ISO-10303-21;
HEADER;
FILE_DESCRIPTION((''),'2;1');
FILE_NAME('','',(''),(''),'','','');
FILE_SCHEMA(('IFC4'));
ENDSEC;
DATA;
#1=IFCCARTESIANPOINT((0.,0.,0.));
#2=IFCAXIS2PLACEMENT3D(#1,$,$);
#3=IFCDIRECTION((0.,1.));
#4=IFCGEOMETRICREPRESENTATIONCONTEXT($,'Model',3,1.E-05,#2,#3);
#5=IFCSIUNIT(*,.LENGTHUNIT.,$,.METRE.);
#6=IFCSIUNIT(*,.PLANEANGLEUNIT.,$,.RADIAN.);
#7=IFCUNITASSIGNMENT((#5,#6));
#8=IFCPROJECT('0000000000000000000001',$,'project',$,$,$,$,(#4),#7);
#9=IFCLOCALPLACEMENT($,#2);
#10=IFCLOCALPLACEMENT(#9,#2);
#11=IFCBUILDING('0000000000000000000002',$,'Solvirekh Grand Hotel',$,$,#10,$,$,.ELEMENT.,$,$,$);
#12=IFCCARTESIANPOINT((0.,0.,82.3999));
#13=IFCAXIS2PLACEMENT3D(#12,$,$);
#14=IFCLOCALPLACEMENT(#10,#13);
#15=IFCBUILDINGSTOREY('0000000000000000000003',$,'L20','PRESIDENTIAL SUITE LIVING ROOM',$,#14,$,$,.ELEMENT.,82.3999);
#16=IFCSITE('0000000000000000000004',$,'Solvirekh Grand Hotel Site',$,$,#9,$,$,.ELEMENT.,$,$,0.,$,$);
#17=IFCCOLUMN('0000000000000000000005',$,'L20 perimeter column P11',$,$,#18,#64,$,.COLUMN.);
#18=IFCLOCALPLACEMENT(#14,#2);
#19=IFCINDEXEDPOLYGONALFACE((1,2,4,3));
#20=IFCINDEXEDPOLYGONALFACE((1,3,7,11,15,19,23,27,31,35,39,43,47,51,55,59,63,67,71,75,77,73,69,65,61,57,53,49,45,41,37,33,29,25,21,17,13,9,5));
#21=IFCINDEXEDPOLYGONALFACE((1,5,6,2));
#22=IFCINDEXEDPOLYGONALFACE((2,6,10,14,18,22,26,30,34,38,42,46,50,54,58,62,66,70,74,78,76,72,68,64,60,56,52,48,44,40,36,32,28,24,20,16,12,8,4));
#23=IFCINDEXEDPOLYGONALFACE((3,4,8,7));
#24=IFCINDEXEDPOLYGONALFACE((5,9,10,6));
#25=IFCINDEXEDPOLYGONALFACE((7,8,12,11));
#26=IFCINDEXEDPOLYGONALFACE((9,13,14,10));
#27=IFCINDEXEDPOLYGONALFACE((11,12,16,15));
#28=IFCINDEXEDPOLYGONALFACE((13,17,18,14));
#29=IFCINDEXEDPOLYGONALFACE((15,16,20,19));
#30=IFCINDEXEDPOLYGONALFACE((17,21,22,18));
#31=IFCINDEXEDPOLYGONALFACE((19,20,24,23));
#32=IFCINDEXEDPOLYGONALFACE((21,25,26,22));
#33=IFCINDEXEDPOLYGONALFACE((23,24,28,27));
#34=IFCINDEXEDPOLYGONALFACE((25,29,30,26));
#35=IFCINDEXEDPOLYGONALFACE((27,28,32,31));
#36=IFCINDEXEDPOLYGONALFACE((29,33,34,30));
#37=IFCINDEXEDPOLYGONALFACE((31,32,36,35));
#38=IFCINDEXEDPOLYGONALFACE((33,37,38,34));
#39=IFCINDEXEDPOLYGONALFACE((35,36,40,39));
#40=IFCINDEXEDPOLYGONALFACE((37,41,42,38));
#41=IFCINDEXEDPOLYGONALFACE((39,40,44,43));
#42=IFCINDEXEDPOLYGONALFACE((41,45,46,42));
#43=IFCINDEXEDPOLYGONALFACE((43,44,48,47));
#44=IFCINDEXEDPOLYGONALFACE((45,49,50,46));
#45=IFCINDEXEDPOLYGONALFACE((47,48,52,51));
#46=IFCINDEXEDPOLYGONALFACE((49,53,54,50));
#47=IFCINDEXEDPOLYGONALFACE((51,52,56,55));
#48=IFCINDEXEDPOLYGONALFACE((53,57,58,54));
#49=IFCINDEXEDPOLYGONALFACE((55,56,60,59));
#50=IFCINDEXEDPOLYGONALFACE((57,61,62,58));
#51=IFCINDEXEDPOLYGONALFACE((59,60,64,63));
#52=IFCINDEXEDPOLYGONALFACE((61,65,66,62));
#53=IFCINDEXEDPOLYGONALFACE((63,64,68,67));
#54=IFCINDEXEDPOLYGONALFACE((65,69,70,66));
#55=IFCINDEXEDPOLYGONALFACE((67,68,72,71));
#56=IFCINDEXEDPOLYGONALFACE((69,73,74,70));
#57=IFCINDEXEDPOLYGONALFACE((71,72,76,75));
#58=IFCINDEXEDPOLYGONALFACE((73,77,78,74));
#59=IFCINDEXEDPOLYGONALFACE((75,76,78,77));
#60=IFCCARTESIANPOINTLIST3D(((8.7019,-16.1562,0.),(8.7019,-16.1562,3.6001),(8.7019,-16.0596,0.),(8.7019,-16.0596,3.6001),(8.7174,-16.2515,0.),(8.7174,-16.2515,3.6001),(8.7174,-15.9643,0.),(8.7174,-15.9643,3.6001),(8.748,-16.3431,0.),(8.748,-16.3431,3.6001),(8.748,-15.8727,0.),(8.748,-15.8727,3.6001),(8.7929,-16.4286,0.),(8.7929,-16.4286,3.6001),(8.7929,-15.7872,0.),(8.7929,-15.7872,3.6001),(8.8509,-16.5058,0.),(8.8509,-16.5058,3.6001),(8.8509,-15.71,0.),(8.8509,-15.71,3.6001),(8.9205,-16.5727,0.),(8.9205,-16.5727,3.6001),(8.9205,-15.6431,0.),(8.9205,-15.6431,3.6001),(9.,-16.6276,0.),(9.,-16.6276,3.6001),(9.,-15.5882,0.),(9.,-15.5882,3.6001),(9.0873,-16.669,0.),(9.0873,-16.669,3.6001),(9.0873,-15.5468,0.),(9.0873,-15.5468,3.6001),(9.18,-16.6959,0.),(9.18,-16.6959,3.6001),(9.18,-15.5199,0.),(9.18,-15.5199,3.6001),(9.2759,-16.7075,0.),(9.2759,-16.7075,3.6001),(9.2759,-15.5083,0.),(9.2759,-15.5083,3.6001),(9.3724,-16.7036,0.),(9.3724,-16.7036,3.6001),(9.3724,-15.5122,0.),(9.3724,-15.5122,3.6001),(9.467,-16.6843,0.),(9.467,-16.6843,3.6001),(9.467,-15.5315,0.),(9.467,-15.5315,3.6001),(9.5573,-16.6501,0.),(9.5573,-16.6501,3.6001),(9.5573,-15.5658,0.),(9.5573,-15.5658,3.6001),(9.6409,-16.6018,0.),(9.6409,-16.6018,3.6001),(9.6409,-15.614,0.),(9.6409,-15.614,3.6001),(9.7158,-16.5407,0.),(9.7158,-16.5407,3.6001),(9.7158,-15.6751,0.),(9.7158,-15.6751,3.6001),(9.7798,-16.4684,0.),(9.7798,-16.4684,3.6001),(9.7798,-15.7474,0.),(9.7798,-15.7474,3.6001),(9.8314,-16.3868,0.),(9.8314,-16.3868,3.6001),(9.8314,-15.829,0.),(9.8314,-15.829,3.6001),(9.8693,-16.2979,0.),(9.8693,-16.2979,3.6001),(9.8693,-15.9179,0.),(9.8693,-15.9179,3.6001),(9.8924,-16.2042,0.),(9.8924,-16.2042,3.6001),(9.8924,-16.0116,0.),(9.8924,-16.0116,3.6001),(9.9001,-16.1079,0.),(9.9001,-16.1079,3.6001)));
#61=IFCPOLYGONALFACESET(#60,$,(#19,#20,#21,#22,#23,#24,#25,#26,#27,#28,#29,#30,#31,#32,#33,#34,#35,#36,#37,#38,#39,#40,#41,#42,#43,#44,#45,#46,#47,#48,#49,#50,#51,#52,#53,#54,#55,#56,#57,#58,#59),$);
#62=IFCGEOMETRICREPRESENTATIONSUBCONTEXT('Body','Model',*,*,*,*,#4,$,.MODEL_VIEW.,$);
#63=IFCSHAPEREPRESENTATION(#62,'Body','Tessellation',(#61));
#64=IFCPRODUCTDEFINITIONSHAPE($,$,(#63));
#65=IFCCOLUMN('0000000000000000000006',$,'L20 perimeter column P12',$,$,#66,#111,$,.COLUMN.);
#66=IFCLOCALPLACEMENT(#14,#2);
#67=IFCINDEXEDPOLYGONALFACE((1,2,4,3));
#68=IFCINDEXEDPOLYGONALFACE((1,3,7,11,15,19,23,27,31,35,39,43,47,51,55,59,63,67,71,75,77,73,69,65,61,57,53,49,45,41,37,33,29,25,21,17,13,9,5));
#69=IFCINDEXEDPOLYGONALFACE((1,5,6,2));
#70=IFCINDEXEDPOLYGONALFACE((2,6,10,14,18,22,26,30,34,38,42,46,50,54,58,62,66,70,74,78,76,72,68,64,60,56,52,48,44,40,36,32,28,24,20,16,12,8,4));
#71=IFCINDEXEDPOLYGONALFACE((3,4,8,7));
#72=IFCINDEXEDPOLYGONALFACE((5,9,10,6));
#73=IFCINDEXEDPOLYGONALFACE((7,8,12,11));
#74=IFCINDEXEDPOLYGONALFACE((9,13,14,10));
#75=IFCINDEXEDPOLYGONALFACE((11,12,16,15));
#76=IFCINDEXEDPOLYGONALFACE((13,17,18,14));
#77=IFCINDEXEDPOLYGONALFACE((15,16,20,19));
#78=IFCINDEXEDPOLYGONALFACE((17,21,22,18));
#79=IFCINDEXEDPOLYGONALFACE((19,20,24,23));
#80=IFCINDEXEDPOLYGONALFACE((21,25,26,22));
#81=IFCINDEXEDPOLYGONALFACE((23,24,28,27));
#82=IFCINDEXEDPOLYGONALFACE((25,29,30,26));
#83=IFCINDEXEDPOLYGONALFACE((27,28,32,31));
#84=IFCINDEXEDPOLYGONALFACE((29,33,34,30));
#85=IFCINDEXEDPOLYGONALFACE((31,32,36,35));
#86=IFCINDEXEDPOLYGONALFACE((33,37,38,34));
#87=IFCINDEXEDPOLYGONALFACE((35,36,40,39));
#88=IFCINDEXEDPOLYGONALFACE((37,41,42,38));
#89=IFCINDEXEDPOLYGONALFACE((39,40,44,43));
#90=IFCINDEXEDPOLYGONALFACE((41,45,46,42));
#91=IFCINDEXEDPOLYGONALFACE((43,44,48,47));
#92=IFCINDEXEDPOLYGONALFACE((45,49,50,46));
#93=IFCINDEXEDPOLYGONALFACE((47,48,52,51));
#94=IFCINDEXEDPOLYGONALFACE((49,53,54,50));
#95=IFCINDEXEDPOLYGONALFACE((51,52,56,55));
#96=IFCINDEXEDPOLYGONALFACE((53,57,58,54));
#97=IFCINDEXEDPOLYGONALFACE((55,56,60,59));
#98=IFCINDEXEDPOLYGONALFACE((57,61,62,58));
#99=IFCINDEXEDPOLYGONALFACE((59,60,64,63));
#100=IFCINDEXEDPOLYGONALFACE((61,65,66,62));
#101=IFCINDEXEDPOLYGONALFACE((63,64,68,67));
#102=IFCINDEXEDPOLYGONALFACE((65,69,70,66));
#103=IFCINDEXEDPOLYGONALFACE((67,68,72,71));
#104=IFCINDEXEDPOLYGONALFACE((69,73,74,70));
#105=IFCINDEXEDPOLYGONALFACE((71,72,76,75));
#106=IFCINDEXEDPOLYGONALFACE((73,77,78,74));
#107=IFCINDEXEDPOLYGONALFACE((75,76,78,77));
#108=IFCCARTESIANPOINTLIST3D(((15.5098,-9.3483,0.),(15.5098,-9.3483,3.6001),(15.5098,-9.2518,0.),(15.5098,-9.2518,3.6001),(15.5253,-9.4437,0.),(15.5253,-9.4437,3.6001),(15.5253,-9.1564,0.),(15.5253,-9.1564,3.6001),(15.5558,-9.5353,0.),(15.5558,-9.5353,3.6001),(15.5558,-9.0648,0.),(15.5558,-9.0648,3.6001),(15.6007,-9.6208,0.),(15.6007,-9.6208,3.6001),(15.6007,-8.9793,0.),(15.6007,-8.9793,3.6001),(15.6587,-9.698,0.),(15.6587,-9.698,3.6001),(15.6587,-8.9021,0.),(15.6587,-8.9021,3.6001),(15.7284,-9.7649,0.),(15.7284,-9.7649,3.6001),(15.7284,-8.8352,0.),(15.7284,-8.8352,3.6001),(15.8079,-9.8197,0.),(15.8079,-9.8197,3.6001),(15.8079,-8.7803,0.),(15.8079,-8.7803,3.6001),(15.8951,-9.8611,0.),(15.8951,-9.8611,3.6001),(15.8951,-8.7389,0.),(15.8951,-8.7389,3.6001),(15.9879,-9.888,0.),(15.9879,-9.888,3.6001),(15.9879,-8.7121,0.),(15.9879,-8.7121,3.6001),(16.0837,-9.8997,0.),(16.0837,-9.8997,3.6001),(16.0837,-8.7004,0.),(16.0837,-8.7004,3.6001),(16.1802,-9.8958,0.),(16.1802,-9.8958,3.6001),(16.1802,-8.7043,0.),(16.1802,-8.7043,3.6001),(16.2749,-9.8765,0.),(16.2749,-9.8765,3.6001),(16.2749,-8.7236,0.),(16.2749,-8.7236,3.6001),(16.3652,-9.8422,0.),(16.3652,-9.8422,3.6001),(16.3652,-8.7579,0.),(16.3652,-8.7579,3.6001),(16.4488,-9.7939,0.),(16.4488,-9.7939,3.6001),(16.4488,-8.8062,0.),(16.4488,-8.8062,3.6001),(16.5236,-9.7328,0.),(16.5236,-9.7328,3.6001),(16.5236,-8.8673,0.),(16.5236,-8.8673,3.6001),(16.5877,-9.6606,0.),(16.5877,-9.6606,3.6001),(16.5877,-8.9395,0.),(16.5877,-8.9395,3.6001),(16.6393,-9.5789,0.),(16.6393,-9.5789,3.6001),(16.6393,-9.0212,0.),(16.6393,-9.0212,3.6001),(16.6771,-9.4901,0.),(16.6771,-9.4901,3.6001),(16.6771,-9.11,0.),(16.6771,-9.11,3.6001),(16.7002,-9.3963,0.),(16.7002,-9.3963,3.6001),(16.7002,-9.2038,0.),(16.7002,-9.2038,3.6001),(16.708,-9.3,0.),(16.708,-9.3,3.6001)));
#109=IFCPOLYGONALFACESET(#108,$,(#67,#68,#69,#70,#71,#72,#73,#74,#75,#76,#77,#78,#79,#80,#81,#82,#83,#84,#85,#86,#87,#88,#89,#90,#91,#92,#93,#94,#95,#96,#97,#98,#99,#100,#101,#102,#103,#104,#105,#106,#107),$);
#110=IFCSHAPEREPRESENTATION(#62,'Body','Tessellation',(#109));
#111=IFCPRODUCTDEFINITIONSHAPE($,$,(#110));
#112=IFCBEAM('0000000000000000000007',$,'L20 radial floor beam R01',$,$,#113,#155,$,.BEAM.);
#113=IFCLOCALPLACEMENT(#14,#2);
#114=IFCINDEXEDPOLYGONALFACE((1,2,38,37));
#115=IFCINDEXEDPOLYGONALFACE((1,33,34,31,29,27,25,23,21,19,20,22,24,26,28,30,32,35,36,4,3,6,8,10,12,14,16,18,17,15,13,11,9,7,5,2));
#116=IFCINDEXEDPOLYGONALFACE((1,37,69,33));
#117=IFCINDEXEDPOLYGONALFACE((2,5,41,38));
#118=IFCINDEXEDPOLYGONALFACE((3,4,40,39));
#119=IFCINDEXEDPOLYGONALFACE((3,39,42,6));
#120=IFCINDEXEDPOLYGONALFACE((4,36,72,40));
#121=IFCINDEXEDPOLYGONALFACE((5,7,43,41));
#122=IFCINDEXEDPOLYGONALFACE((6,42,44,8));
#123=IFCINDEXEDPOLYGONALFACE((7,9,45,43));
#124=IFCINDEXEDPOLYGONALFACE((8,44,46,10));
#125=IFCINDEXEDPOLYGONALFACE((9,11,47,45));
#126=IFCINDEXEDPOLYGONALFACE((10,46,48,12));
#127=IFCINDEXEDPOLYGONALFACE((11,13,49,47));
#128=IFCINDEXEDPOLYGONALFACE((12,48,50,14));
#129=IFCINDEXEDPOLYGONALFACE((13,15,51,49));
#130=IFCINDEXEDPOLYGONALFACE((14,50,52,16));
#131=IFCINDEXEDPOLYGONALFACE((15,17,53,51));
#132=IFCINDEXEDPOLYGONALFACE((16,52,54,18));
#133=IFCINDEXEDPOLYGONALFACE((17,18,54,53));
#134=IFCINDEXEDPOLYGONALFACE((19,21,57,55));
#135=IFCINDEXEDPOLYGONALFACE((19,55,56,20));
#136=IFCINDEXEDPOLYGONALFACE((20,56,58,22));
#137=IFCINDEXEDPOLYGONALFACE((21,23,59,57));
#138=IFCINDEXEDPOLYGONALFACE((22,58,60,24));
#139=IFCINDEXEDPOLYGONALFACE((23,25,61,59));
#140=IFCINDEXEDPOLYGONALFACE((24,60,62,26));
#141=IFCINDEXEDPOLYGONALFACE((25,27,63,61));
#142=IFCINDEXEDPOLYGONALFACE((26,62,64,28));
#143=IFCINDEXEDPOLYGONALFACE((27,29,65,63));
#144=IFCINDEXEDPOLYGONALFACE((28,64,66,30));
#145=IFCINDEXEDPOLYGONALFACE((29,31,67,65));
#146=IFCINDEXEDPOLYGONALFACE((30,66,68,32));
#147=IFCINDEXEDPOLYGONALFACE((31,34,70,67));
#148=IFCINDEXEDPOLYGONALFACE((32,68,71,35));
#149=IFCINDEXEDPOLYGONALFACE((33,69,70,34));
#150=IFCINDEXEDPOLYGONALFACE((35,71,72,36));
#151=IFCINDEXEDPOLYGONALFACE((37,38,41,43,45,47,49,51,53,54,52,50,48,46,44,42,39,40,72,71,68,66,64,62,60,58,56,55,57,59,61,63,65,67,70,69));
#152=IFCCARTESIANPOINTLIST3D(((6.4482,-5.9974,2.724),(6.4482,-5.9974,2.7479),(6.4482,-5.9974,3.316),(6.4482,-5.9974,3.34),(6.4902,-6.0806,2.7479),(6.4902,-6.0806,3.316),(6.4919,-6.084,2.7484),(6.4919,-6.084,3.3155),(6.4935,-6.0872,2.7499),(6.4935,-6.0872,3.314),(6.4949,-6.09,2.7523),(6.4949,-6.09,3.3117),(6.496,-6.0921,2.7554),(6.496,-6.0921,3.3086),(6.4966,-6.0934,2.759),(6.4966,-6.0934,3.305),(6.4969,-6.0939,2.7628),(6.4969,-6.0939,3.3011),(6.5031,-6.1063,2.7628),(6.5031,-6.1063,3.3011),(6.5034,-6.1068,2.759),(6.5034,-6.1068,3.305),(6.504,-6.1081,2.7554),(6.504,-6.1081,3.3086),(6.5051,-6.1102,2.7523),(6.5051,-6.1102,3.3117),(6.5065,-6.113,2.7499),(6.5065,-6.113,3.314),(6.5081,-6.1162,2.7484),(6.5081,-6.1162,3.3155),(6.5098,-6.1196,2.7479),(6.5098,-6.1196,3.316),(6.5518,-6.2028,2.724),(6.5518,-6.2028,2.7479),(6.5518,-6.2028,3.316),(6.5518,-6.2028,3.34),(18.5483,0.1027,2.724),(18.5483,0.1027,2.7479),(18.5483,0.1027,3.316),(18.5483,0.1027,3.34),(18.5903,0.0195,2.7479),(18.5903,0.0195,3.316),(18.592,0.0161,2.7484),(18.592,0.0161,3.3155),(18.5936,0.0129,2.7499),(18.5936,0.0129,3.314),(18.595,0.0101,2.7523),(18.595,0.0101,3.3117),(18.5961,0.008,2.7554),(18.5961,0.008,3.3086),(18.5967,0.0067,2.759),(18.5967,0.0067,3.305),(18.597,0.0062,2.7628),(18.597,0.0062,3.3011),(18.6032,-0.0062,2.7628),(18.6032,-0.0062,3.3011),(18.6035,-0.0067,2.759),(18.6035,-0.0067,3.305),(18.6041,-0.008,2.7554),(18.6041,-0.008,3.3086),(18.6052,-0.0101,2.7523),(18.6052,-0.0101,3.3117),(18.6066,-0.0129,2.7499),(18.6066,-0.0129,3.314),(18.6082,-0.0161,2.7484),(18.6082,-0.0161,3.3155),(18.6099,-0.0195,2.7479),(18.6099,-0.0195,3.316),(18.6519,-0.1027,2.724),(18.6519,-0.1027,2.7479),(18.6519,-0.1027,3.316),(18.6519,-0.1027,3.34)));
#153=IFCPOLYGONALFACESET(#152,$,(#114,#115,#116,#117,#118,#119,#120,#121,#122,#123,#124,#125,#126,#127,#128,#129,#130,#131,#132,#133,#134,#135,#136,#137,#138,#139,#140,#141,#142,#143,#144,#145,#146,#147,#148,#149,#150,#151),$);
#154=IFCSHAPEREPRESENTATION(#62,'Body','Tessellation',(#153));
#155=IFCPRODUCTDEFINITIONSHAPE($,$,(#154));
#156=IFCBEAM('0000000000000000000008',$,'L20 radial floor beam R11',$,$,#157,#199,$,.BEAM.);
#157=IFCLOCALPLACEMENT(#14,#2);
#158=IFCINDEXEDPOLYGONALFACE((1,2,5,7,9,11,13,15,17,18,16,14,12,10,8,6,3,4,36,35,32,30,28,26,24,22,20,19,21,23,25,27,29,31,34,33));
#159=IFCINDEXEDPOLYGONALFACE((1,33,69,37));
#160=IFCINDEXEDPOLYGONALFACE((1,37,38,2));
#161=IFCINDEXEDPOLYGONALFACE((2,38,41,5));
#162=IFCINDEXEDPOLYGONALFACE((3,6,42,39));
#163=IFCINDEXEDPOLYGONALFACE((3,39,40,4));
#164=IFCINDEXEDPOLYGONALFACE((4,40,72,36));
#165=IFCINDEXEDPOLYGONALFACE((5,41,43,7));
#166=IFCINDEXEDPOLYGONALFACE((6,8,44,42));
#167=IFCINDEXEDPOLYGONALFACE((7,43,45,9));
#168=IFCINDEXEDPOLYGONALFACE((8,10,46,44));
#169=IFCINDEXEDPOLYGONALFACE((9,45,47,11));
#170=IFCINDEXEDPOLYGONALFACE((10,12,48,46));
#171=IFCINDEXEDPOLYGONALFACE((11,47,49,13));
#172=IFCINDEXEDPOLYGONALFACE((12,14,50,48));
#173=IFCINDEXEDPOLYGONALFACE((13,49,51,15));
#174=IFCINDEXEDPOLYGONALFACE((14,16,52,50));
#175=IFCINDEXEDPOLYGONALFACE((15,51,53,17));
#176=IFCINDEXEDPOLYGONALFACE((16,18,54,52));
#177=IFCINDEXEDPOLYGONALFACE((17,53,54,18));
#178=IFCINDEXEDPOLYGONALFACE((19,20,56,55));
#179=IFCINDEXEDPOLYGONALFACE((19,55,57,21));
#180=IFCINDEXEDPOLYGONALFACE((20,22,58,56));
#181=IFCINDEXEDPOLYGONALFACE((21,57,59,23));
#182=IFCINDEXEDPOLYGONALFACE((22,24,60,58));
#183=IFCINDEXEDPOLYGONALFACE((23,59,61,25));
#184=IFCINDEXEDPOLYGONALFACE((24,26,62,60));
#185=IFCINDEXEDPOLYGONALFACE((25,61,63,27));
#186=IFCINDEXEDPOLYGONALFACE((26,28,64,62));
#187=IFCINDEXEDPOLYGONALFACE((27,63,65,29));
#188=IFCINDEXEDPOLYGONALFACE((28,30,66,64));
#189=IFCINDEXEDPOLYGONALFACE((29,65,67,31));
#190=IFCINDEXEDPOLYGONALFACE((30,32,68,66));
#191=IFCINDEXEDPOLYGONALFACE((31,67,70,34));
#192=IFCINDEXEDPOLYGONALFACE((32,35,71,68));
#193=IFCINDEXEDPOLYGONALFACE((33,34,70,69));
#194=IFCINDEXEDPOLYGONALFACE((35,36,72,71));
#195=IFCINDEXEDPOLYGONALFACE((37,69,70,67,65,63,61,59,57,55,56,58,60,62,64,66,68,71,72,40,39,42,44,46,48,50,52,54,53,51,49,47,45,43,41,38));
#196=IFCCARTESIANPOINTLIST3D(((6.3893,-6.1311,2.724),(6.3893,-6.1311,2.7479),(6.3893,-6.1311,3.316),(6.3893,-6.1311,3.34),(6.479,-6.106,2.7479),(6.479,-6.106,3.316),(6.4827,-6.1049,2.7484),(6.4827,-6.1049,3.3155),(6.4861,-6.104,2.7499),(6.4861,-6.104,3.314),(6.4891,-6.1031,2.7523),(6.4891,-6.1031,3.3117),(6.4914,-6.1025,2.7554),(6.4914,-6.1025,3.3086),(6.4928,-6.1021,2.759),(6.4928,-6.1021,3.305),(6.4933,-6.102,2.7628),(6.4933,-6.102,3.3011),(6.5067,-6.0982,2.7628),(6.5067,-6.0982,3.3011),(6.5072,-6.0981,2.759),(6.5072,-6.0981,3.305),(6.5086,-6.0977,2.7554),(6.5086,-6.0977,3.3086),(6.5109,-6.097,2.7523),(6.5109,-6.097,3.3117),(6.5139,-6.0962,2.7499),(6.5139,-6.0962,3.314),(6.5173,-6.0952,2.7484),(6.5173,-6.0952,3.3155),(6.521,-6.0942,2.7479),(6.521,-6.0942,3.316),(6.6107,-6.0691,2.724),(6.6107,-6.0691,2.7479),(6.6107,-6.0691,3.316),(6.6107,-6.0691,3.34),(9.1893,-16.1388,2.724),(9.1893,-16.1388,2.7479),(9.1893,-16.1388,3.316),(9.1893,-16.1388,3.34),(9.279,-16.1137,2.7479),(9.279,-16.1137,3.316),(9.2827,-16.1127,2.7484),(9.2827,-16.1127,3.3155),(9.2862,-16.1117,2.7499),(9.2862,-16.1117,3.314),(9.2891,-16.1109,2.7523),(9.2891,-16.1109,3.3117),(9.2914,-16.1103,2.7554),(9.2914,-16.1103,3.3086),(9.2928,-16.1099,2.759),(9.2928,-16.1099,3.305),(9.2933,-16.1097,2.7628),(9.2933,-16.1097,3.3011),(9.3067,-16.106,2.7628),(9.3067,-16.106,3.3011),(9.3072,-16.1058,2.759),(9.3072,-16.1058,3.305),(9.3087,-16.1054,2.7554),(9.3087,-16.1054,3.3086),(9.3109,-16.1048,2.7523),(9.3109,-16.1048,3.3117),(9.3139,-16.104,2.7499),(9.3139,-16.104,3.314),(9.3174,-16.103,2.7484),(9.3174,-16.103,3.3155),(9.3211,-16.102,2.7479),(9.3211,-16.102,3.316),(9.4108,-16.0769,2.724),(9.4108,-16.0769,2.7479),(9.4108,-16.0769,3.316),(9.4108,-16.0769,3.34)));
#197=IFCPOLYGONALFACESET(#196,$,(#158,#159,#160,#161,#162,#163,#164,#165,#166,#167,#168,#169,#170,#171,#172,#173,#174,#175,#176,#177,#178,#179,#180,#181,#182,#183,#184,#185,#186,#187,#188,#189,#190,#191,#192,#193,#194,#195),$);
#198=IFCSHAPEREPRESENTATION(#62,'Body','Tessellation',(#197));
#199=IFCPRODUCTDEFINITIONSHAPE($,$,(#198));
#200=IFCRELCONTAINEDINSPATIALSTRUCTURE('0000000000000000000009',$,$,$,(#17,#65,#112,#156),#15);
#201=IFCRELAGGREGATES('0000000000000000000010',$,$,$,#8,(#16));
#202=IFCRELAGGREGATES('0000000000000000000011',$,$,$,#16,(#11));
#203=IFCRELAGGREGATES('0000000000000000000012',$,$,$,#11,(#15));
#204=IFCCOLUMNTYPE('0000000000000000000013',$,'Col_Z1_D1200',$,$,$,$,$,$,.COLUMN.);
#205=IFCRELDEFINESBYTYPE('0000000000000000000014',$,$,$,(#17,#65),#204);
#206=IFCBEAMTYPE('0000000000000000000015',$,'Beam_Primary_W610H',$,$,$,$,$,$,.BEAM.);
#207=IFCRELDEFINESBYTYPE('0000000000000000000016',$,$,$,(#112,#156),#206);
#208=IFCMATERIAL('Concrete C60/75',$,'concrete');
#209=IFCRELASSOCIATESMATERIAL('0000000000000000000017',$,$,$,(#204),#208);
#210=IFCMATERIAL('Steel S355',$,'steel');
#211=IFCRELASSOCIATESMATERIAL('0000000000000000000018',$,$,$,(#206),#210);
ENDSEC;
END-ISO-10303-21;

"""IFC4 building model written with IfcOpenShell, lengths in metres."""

from ifc_helpers import new_model, si_unit, direction, frame, origin, origin_2d, place, context, subcontext, project, spatial, circle, i_section, extrude, material, material_profile, profile_set, type_object, element, save


model = new_model("IFC4")

# Units and contexts
model_context = context("Model", 3, precision=1e-05, world=origin(), true_north=direction((0.0, 1.0)))
body_context = subcontext(model_context, "Body", "Model", "MODEL_VIEW")
ifc_project = project(units=[si_unit("LENGTHUNIT", "METRE"), si_unit("PLANEANGLEUNIT", "RADIAN")], contexts=[model_context])

# Site, building, storey
site_placement = place(None, origin())
site = spatial("IfcSite", under=ifc_project, at=site_placement, Name="Solvirekh Grand Hotel Site", CompositionType="ELEMENT", RefElevation=0.0)
building_placement = place(site_placement, origin())
building = spatial("IfcBuilding", under=site, at=building_placement, Name="Solvirekh Grand Hotel", CompositionType="ELEMENT")
storey_placement = place(building_placement, frame((0.0, 0.0, 82.3999)))
storey = spatial("IfcBuildingStorey", under=building, at=storey_placement, Name="L20", Description="PRESIDENTIAL SUITE LIVING ROOM", CompositionType="ELEMENT", Elevation=82.3999)

# Columns
ifc_material_1 = material(Name="Concrete C60/75", Category="concrete")
ifc_material_profile_1 = material_profile(ifc_material_1, circle(Radius=0.6001, at=origin_2d()), Name="RC CIRC D1200")
ifc_profile_set_1 = profile_set([ifc_material_profile_1], Name="Concrete C60/75")
column_type = type_object("IfcColumnType", Name="Col_Z1_D1200", PredefinedType="COLUMN", material=ifc_profile_set_1)
for number, where, z_axis, x_axis, name in (
    (1, (9.3, -16.1079, 0.0), (0.0, 0.0, 1.0), (1.0, 0.0, 0.0), "L20 perimeter column P11"),
    (2, (16.1079, -9.3, 0.0), (0.0, 0.0, 1.0), (1.0, 0.0, 0.0), "L20 perimeter column P12"),
):
    element("IfcColumn", number, at=place(storey_placement, frame(where, z_axis=z_axis, x_axis=x_axis)), inside=storey, type_object=column_type, Name=name, PredefinedType="COLUMN", context=body_context, shape_type="SweptSolid", body=[
        extrude(circle(Radius=0.6001, at=origin_2d()), origin(), (0.0, 0.0, 1.0), 3.6001),
    ])

# Beams
ifc_material_2 = material(Name="Steel S355", Category="steel")
ifc_material_profile_2 = material_profile(ifc_material_2, i_section(OverallWidth=0.23, OverallDepth=0.616, WebThickness=0.0139, FlangeThickness=0.0239, FilletRadius=0.0149, at=origin_2d()), Name="W610X174")
ifc_profile_set_2 = profile_set([ifc_material_profile_2], Name="Steel S355")
beam_type_1 = type_object("IfcBeamType", Name="Beam_Primary_W610H", PredefinedType="BEAM", material=ifc_profile_set_2)
beam_1_placement = place(storey_placement, frame((6.5, -6.1001, 3.032), z_axis=(0.892945, 0.450166, 0.0), x_axis=(-0.450166, 0.892945, 0.0)))
element("IfcBeam", 3, at=beam_1_placement, inside=storey, type_object=beam_type_1, Name="L20 radial floor beam R01", PredefinedType="BEAM", context=body_context, shape_type="SweptSolid", body=[
    extrude(i_section(OverallWidth=0.23, OverallDepth=0.616, WebThickness=0.0139, FlangeThickness=0.0239, FilletRadius=0.0149, at=origin_2d()), origin(), (0.0, 0.0, 1.0), 13.5508),
])
beam_2_placement = place(storey_placement, frame((6.5, -6.1001, 3.032), z_axis=(0.269439, -0.963017, 0.0), x_axis=(0.963017, 0.269439, 0.0)))
element("IfcBeam", 4, at=beam_2_placement, inside=storey, type_object=beam_type_1, Name="L20 radial floor beam R11", PredefinedType="BEAM", context=body_context, shape_type="SweptSolid", body=[
    extrude(i_section(OverallWidth=0.23, OverallDepth=0.616, WebThickness=0.0139, FlangeThickness=0.0239, FilletRadius=0.0149, at=origin_2d()), origin(), (0.0, 0.0, 1.0), 10.3921),
])

save(model, "model.ifc")
